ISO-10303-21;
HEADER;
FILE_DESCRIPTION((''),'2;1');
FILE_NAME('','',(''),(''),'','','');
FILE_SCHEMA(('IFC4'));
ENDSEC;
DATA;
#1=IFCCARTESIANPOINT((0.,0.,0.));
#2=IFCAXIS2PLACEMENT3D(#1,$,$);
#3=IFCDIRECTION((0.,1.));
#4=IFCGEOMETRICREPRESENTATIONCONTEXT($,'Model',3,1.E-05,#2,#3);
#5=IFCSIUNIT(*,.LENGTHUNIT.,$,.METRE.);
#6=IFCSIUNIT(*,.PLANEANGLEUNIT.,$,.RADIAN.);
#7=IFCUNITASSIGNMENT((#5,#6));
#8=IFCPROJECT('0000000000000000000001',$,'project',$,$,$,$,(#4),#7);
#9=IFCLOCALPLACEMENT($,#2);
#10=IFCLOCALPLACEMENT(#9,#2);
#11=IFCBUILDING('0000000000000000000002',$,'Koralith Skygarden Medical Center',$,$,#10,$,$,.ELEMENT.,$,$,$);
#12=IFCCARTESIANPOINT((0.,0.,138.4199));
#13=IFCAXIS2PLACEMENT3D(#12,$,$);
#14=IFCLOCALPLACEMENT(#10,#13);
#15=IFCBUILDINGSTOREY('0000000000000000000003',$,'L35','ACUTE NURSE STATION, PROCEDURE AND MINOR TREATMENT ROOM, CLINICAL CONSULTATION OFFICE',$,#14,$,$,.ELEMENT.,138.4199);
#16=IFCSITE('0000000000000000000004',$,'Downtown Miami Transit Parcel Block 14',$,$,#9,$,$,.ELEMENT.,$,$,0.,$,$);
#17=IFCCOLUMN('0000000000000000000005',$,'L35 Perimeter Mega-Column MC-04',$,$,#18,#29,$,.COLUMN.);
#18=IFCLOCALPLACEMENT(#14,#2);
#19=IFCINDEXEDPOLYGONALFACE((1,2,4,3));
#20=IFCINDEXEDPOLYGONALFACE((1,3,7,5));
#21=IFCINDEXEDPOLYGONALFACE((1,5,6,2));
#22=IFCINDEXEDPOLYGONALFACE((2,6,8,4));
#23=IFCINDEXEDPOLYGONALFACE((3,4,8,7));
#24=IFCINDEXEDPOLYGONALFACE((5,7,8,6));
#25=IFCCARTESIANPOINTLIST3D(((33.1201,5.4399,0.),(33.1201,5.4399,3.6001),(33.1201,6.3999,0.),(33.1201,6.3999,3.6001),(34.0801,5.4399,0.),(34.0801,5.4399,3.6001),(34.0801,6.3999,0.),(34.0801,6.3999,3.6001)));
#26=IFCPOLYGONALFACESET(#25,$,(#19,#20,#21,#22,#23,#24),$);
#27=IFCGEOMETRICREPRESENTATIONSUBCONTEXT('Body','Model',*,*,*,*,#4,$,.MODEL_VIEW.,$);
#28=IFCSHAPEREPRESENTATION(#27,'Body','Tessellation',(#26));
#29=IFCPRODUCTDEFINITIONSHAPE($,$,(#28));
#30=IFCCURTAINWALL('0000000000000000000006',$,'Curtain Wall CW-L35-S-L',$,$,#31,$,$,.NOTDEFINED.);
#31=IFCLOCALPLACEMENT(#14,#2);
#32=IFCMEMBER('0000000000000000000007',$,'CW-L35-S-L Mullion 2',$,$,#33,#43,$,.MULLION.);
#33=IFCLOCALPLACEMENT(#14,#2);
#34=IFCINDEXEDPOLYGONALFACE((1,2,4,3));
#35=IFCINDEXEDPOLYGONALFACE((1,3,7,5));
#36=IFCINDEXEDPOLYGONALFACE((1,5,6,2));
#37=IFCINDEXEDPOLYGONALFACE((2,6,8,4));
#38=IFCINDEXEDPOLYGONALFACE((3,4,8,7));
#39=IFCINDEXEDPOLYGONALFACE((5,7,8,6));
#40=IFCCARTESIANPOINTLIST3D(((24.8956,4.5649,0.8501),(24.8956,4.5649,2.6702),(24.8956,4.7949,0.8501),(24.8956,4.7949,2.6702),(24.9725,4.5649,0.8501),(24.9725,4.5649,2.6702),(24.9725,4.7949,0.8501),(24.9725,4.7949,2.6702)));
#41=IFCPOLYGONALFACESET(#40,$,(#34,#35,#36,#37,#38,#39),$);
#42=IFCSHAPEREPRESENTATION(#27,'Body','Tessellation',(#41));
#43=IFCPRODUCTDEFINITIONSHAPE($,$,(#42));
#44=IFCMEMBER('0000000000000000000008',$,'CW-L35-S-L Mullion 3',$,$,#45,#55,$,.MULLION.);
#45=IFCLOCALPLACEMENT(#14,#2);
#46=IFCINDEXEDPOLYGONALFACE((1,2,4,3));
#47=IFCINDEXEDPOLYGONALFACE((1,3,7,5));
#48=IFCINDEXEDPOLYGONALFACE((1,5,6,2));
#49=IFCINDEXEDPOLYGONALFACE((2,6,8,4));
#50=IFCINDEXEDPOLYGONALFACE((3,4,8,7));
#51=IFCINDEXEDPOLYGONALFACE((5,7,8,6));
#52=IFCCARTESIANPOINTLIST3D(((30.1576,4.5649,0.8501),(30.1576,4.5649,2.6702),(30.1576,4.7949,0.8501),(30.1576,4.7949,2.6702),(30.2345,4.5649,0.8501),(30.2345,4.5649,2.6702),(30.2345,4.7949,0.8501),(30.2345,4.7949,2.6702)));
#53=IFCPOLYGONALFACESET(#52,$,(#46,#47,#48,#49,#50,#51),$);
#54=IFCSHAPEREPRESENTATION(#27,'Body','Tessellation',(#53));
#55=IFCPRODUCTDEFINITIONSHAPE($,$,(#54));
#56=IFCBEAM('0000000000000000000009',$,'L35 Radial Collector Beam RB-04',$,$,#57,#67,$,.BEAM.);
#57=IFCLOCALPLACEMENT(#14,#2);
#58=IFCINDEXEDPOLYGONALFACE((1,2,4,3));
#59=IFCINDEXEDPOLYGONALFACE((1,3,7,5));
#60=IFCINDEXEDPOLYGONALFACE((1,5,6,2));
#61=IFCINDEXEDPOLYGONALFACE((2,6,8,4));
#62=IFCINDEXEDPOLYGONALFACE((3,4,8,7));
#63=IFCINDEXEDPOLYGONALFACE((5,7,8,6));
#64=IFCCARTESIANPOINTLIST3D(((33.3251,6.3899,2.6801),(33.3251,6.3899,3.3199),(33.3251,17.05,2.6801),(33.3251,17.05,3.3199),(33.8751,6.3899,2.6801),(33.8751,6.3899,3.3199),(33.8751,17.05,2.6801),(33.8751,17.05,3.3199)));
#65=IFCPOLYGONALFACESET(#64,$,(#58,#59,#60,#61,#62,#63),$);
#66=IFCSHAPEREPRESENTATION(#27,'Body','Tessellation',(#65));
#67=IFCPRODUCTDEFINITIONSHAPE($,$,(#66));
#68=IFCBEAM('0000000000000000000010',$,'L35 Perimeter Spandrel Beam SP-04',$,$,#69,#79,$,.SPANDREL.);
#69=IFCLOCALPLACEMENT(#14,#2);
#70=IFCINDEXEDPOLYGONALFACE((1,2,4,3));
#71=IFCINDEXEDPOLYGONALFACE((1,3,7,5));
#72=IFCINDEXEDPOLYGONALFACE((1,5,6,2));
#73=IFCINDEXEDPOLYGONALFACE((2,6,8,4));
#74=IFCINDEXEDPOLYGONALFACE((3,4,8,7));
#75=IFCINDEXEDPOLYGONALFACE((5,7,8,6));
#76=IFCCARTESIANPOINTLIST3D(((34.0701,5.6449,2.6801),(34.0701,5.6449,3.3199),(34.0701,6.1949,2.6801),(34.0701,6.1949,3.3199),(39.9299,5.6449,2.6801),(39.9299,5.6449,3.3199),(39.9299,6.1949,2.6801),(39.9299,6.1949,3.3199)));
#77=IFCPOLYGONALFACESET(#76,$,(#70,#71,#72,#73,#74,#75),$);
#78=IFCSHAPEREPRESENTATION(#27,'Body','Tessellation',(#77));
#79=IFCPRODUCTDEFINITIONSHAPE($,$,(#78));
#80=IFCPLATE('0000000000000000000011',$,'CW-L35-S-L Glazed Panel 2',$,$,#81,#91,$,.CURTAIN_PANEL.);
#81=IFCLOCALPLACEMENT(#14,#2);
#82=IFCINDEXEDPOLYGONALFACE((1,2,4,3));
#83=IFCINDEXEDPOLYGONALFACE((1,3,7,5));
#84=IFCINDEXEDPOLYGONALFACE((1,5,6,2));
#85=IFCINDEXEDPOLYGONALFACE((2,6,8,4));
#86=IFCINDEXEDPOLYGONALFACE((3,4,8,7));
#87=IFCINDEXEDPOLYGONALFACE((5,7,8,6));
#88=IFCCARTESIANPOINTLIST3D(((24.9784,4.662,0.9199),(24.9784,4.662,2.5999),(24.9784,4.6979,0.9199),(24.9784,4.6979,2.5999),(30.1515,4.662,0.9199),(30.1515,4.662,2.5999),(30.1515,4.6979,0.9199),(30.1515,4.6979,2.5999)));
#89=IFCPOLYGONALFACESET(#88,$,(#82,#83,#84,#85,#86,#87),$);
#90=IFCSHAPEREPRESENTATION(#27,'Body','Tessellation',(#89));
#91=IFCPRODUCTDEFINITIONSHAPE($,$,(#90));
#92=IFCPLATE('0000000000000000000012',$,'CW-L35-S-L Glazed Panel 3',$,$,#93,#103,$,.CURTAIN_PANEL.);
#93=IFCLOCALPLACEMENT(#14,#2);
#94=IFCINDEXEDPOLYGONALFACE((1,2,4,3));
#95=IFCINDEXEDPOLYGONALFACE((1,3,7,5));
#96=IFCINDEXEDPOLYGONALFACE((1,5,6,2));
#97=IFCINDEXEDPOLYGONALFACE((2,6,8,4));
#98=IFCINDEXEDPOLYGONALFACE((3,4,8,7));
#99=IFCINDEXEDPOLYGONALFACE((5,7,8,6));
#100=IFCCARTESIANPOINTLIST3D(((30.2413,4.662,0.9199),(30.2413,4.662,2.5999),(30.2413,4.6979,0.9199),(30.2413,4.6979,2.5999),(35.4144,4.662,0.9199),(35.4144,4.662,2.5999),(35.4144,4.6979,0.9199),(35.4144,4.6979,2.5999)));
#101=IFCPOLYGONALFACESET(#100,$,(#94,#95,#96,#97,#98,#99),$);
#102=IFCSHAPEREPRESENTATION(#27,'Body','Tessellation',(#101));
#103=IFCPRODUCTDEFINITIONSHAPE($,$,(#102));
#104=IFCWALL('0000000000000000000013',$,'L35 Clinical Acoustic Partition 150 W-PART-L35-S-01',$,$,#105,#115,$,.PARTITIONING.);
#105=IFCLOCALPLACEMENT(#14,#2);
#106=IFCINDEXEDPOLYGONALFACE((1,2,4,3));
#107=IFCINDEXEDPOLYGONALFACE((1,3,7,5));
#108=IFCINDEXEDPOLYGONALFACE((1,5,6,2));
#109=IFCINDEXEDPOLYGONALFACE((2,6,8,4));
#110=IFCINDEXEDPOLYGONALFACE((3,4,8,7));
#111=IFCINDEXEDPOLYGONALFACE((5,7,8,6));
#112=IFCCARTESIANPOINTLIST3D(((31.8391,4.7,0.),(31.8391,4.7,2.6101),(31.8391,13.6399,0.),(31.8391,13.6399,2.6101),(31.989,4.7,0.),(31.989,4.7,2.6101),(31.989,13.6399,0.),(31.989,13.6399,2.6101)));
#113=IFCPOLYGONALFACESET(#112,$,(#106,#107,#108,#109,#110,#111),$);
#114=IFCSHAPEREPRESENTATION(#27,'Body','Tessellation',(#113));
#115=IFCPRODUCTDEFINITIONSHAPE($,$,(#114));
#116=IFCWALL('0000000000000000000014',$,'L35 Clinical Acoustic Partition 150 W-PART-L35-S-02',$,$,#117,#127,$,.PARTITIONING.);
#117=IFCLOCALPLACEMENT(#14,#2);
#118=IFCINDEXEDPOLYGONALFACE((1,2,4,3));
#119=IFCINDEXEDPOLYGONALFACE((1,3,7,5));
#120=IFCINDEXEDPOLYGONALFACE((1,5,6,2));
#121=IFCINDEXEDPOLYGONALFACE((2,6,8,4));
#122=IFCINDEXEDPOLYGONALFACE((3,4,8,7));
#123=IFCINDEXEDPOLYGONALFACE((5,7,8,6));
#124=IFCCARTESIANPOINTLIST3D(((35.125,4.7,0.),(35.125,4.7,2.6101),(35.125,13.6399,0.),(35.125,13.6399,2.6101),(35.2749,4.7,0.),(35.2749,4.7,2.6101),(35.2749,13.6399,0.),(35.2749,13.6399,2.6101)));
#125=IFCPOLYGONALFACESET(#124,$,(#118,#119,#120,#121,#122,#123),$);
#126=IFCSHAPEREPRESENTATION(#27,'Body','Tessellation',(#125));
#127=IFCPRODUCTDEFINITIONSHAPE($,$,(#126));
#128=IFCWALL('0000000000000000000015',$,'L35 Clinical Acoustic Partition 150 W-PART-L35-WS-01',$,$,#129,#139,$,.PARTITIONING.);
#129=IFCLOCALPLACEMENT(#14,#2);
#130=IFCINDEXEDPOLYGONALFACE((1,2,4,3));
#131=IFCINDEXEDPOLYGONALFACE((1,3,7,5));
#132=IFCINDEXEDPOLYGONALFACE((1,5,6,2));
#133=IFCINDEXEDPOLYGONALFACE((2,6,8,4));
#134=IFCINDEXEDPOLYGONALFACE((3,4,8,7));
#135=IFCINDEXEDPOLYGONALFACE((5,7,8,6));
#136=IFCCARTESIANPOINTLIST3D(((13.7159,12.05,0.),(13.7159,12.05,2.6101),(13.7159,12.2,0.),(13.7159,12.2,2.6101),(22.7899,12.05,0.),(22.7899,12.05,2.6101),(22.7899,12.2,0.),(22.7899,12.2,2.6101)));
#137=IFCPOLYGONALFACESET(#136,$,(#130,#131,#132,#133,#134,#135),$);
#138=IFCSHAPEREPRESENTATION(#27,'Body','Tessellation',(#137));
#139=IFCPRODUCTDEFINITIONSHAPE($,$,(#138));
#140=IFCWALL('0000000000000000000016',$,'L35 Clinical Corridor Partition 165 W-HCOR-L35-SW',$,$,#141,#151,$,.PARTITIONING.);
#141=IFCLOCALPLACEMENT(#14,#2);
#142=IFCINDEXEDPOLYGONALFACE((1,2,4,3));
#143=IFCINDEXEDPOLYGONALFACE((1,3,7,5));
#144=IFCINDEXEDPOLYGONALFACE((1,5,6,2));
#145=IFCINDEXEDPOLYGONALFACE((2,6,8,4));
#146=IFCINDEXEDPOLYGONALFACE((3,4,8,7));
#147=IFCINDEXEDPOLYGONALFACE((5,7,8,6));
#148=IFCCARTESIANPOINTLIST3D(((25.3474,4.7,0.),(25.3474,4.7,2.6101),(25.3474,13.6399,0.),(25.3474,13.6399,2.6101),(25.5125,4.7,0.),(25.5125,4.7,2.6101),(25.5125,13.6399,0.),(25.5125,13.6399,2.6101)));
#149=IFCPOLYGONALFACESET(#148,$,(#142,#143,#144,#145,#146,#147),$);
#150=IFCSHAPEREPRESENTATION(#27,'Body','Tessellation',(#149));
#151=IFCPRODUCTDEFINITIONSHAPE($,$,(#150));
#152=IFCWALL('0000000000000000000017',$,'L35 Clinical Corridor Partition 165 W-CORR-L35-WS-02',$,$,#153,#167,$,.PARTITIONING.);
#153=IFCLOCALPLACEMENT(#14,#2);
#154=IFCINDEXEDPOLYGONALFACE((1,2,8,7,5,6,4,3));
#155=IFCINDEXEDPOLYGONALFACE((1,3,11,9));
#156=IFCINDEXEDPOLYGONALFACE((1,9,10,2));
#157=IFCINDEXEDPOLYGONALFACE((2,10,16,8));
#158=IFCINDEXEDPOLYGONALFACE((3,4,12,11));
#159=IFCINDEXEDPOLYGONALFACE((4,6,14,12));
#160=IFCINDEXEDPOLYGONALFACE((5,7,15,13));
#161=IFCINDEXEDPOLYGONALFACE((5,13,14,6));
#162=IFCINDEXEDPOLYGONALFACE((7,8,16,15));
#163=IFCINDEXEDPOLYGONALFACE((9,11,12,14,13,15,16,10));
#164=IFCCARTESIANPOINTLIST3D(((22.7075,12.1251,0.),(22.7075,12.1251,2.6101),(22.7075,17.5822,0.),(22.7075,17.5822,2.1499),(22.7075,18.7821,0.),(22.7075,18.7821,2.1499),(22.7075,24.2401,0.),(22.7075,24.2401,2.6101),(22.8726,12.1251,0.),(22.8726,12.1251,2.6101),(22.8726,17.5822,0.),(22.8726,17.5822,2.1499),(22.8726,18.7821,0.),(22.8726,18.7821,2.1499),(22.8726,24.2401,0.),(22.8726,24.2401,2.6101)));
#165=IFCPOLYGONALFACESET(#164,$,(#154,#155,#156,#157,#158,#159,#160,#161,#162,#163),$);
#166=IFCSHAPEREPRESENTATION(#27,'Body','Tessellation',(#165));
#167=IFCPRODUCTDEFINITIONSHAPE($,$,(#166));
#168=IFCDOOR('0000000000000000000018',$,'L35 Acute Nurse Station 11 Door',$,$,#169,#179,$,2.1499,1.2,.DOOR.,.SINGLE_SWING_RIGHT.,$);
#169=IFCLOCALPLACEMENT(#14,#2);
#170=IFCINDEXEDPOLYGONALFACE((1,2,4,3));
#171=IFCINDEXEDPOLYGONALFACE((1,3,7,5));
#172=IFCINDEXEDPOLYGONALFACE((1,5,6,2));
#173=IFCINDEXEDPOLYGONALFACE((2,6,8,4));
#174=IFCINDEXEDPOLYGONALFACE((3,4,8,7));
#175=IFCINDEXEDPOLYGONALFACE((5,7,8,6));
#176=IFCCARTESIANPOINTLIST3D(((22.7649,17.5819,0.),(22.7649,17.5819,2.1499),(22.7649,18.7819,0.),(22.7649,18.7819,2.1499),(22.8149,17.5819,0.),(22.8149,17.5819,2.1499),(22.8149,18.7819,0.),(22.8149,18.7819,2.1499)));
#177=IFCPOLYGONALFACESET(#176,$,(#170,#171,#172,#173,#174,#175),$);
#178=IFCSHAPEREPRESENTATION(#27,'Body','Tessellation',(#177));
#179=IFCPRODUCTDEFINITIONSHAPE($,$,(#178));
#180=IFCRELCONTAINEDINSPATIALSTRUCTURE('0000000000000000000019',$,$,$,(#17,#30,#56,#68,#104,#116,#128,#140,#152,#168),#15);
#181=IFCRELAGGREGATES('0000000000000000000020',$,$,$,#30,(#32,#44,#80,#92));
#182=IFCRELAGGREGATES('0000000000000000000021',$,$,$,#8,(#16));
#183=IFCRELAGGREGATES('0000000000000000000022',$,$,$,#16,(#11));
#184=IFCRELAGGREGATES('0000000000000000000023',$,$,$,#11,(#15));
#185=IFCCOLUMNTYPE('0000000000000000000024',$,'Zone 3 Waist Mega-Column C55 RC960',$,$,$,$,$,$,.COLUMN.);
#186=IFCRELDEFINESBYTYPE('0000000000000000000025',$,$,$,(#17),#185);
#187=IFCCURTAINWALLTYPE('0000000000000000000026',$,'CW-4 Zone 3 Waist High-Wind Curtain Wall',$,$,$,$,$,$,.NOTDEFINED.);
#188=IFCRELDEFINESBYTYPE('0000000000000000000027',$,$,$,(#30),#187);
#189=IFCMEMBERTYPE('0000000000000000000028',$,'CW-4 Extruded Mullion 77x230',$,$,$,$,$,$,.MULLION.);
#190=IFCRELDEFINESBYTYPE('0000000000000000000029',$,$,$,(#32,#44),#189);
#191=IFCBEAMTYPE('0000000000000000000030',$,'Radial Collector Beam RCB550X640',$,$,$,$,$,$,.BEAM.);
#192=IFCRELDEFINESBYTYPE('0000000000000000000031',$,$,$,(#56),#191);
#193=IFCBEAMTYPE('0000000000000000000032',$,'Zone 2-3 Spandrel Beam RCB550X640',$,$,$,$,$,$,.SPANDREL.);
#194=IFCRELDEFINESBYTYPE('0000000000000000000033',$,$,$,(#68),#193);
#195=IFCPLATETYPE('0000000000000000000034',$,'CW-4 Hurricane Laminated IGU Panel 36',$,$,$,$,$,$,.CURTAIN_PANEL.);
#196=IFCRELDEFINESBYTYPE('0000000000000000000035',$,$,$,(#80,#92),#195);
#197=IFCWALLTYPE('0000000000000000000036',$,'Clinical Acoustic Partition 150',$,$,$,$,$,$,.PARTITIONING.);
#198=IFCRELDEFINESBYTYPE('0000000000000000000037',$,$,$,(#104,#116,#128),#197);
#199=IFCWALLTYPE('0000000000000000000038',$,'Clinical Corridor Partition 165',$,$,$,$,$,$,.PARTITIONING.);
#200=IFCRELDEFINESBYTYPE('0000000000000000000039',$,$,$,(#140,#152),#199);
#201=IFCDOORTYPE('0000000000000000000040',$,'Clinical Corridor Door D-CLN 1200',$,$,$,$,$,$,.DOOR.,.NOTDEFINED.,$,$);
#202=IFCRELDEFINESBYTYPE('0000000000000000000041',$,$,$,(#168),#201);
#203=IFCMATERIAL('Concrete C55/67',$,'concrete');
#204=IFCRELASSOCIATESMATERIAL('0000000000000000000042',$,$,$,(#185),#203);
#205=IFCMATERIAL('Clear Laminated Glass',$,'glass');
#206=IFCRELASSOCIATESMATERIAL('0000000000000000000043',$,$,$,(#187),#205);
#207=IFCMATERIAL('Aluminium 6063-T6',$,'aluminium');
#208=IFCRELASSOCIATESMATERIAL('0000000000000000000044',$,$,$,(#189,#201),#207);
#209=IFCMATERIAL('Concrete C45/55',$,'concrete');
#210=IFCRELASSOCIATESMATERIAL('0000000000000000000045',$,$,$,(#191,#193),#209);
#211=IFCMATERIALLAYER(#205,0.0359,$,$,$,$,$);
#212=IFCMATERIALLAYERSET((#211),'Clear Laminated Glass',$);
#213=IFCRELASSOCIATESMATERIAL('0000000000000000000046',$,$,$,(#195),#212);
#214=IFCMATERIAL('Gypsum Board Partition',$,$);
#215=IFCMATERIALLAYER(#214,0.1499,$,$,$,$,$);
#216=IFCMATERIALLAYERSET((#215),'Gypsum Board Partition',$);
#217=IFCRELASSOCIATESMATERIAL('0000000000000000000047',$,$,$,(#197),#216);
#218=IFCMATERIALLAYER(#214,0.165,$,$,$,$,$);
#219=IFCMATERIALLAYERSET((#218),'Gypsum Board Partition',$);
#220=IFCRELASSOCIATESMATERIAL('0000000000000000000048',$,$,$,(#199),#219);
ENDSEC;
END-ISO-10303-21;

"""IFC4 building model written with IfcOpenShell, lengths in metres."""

from ifc_helpers import new_model, si_unit, direction, frame, frame_2d, origin, origin_2d, place, context, subcontext, project, spatial, rectangle, extrude, material, layer, layer_set, material_profile, profile_set, type_object, element, fill, aggregate, save


model = new_model("IFC4")

# Units and contexts
model_context = context("Model", 3, precision=1e-05, world=origin(), true_north=direction((0.0, 1.0)))
body_context = subcontext(model_context, "Body", "Model", "MODEL_VIEW")
ifc_project = project(units=[si_unit("LENGTHUNIT", "METRE"), si_unit("PLANEANGLEUNIT", "RADIAN")], contexts=[model_context])

# Site, building, storey
site_placement = place(None, origin())
site = spatial("IfcSite", under=ifc_project, at=site_placement, Name="Downtown Miami Transit Parcel Block 14", CompositionType="ELEMENT", RefElevation=0.0)
building_placement = place(site_placement, origin())
building = spatial("IfcBuilding", under=site, at=building_placement, Name="Koralith Skygarden Medical Center", CompositionType="ELEMENT")
storey_placement = place(building_placement, frame((0.0, 0.0, 138.4199)))
storey = spatial("IfcBuildingStorey", under=building, at=storey_placement, Name="L35", Description="ACUTE NURSE STATION, PROCEDURE AND MINOR TREATMENT ROOM, CLINICAL CONSULTATION OFFICE", CompositionType="ELEMENT", Elevation=138.4199)

# Column
ifc_material_1 = material(Name="Concrete C55/67", Category="concrete")
ifc_material_profile_1 = material_profile(ifc_material_1, rectangle(XDim=0.96, YDim=0.96, at=origin_2d()), Name="RC960X960")
ifc_profile_set_1 = profile_set([ifc_material_profile_1], Name="Concrete C55/67")
column_type = type_object("IfcColumnType", Name="Zone 3 Waist Mega-Column C55 RC960", PredefinedType="COLUMN", material=ifc_profile_set_1)
column_placement = place(storey_placement, frame((33.6001, 5.9199, 0.0), z_axis=(0.0, 0.0, 1.0), x_axis=(1.0, 0.0, 0.0)))
element("IfcColumn", 1, at=column_placement, inside=storey, type_object=column_type, Name="L35 Perimeter Mega-Column MC-04", PredefinedType="COLUMN", context=body_context, shape_type="SweptSolid", body=[
    extrude(rectangle(XDim=0.96, YDim=0.96, at=origin_2d()), origin(), (0.0, 0.0, 1.0), 3.6001),
])

# Curtain wall, members
ifc_material_2 = material(Name="Clear Laminated Glass", Category="glass")
curtain_wall_type = type_object("IfcCurtainWallType", Name="CW-4 Zone 3 Waist High-Wind Curtain Wall", PredefinedType="NOTDEFINED", material=ifc_material_2)
curtain_wall_placement = place(storey_placement, origin())
curtain_wall = element("IfcCurtainWall", 2, at=curtain_wall_placement, inside=storey, type_object=curtain_wall_type, Name="Curtain Wall CW-L35-S-L", PredefinedType="NOTDEFINED")
ifc_material_3 = material(Name="Aluminium 6063-T6", Category="aluminium")
ifc_material_profile_2 = material_profile(ifc_material_3, rectangle(XDim=0.0769, YDim=0.23, at=origin_2d()), Name="MUL77X230")
ifc_profile_set_2 = profile_set([ifc_material_profile_2], Name="Aluminium 6063-T6")
member_type = type_object("IfcMemberType", Name="CW-4 Extruded Mullion 77x230", PredefinedType="MULLION", material=ifc_profile_set_2)
member_1_placement = place(storey_placement, frame((24.9341, 4.6799, 0.8501), z_axis=(0.0, 0.0, 1.0), x_axis=(1.0, 0.0, 0.0)))
member_1 = element("IfcMember", 3, at=member_1_placement, type_object=member_type, Name="CW-L35-S-L Mullion 2", PredefinedType="MULLION", context=body_context, shape_type="SweptSolid", body=[
    extrude(rectangle(XDim=0.0769, YDim=0.23, at=origin_2d()), origin(), (0.0, 0.0, 1.0), 1.8201),
])
member_2_placement = place(storey_placement, frame((30.196, 4.6799, 0.8501), z_axis=(0.0, 0.0, 1.0), x_axis=(1.0, 0.0, 0.0)))
member_2 = element("IfcMember", 4, at=member_2_placement, type_object=member_type, Name="CW-L35-S-L Mullion 3", PredefinedType="MULLION", context=body_context, shape_type="SweptSolid", body=[
    extrude(rectangle(XDim=0.0769, YDim=0.23, at=origin_2d()), origin(), (0.0, 0.0, 1.0), 1.8201),
])

# Beams
ifc_material_4 = material(Name="Concrete C45/55", Category="concrete")
ifc_material_profile_3 = material_profile(ifc_material_4, rectangle(XDim=0.55, YDim=0.6399, at=origin_2d()), Name="RCB550X640")
ifc_profile_set_3 = profile_set([ifc_material_profile_3], Name="Concrete C45/55")
beam_type_1 = type_object("IfcBeamType", Name="Radial Collector Beam RCB550X640", PredefinedType="BEAM", material=ifc_profile_set_3)
beam_1_placement = place(storey_placement, frame((33.6001, 17.05, 3.0), z_axis=(0.0, -1.0, 0.0), x_axis=(1.0, 0.0, 0.0)))
element("IfcBeam", 5, at=beam_1_placement, inside=storey, type_object=beam_type_1, Name="L35 Radial Collector Beam RB-04", PredefinedType="BEAM", context=body_context, shape_type="SweptSolid", body=[
    extrude(rectangle(XDim=0.55, YDim=0.6399, at=origin_2d()), origin(), (0.0, 0.0, 1.0), 10.6602),
])
ifc_material_profile_4 = material_profile(ifc_material_4, rectangle(XDim=0.55, YDim=0.6399, at=origin_2d()), Name="RCB550X640")
ifc_profile_set_4 = profile_set([ifc_material_profile_4], Name="Concrete C45/55")
beam_type_2 = type_object("IfcBeamType", Name="Zone 2-3 Spandrel Beam RCB550X640", PredefinedType="SPANDREL", material=ifc_profile_set_4)
beam_2_placement = place(storey_placement, frame((34.0701, 5.9199, 3.0), z_axis=(1.0, 0.0, 0.0), x_axis=(0.0, 1.0, 0.0)))
element("IfcBeam", 6, at=beam_2_placement, inside=storey, type_object=beam_type_2, Name="L35 Perimeter Spandrel Beam SP-04", PredefinedType="SPANDREL", context=body_context, shape_type="SweptSolid", body=[
    extrude(rectangle(XDim=0.55, YDim=0.6399, at=origin_2d()), origin(), (0.0, 0.0, 1.0), 5.8599),
])

# Plates
ifc_layer_1 = layer(ifc_material_2, 0.0359)
ifc_layer_set_1 = layer_set([ifc_layer_1], Name="Clear Laminated Glass")
plate_type = type_object("IfcPlateType", Name="CW-4 Hurricane Laminated IGU Panel 36", PredefinedType="CURTAIN_PANEL", material=ifc_layer_set_1)
plate_1_placement = place(storey_placement, frame((27.5649, 4.6799, 0.9199), z_axis=(0.0, 0.0, 1.0), x_axis=(1.0, 0.0, 0.0)))
plate_1 = element("IfcPlate", 7, at=plate_1_placement, type_object=plate_type, Name="CW-L35-S-L Glazed Panel 2", PredefinedType="CURTAIN_PANEL", context=body_context, shape_type="SweptSolid", body=[
    extrude(rectangle(XDim=5.1731, YDim=0.0359, at=origin_2d()), origin(), (0.0, 0.0, 1.0), 1.6799),
])
plate_2_placement = place(storey_placement, frame((32.8279, 4.6799, 0.9199), z_axis=(0.0, 0.0, 1.0), x_axis=(1.0, 0.0, 0.0)))
plate_2 = element("IfcPlate", 8, at=plate_2_placement, type_object=plate_type, Name="CW-L35-S-L Glazed Panel 3", PredefinedType="CURTAIN_PANEL", context=body_context, shape_type="SweptSolid", body=[
    extrude(rectangle(XDim=5.1731, YDim=0.0359, at=origin_2d()), origin(), (0.0, 0.0, 1.0), 1.6799),
])
aggregate(curtain_wall, [member_1, member_2, plate_1, plate_2])

# Walls
ifc_material_5 = material(Name="Gypsum Board Partition")
ifc_layer_2 = layer(ifc_material_5, 0.1499)
ifc_layer_set_2 = layer_set([ifc_layer_2], Name="Gypsum Board Partition")
wall_type_1 = type_object("IfcWallType", Name="Clinical Acoustic Partition 150", PredefinedType="PARTITIONING", material=ifc_layer_set_2)
for number, where, z_axis, x_axis, name in (
    (9, (31.9141, 13.6399, 0.0), (0.0, 0.0, 1.0), (0.0, -1.0, 0.0), "L35 Clinical Acoustic Partition 150 W-PART-L35-S-01"),
    (10, (35.2, 13.6399, 0.0), (0.0, 0.0, 1.0), (0.0, -1.0, 0.0), "L35 Clinical Acoustic Partition 150 W-PART-L35-S-02"),
):
    element("IfcWall", number, at=place(storey_placement, frame(where, z_axis=z_axis, x_axis=x_axis)), inside=storey, type_object=wall_type_1, Name=name, PredefinedType="PARTITIONING", context=body_context, shape_type="SweptSolid", body=[
        extrude(rectangle(XDim=8.9399, YDim=0.1499, at=frame_2d((4.47, 0.0))), origin(), (0.0, 0.0, 1.0), 2.6101),
    ])
wall_1_placement = place(storey_placement, frame((22.79, 12.125, 0.0), z_axis=(0.0, 0.0, 1.0), x_axis=(-1.0, 0.0, 0.0)))
element("IfcWall", 11, at=wall_1_placement, inside=storey, type_object=wall_type_1, Name="L35 Clinical Acoustic Partition 150 W-PART-L35-WS-01", PredefinedType="PARTITIONING", context=body_context, shape_type="SweptSolid", body=[
    extrude(rectangle(XDim=9.074, YDim=0.1499, at=frame_2d((4.5371, 0.0))), origin(), (0.0, 0.0, 1.0), 2.6101),
])
ifc_layer_3 = layer(ifc_material_5, 0.165)
ifc_layer_set_3 = layer_set([ifc_layer_3], Name="Gypsum Board Partition")
wall_type_2 = type_object("IfcWallType", Name="Clinical Corridor Partition 165", PredefinedType="PARTITIONING", material=ifc_layer_set_3)
wall_2_placement = place(storey_placement, frame((25.4299, 4.7, 0.0), z_axis=(0.0, 0.0, 1.0), x_axis=(0.0, 1.0, 0.0)))
element("IfcWall", 12, at=wall_2_placement, inside=storey, type_object=wall_type_2, Name="L35 Clinical Corridor Partition 165 W-HCOR-L35-SW", PredefinedType="PARTITIONING", context=body_context, shape_type="SweptSolid", body=[
    extrude(rectangle(XDim=8.9399, YDim=0.165, at=frame_2d((4.47, 0.0))), origin(), (0.0, 0.0, 1.0), 2.6101),
])

# Wall, opening, door
door_type = type_object("IfcDoorType", Name="Clinical Corridor Door D-CLN 1200", OperationType="NOTDEFINED", PredefinedType="DOOR", material=ifc_material_3)
wall_3_placement = place(storey_placement, frame((22.79, 12.125, 0.0), z_axis=(0.0, 0.0, 1.0), x_axis=(0.0, 1.0, 0.0)))
wall_3 = element("IfcWall", 13, at=wall_3_placement, inside=storey, type_object=wall_type_2, Name="L35 Clinical Corridor Partition 165 W-CORR-L35-WS-02", PredefinedType="PARTITIONING", context=body_context, shape_type="SweptSolid", body=[
    extrude(rectangle(XDim=12.115, YDim=0.165, at=frame_2d((6.0576, 0.0))), origin(), (0.0, 0.0, 1.0), 2.6101),
])
opening_1_placement = place(wall_3_placement, frame((5.457, 0.0, 0.0)))
opening_1 = element("IfcOpeningElement", 14, at=opening_1_placement, cuts=wall_3, PredefinedType="OPENING", context=body_context, shape_type="SweptSolid", body=[
    extrude(rectangle(XDim=1.2, YDim=2.1499, at=frame_2d((0.6001, 1.075))), frame((0.0, 0.0925, 0.0), z_axis=(0.0, -1.0, 0.0), x_axis=(1.0, 0.0, 0.0)), (0.0, 0.0, 1.0), 0.1851),
])
door_1_placement = place(opening_1_placement, frame((1.2, 0.0, 0.0), z_axis=(0.0, 0.0, 1.0), x_axis=(-1.0, 0.0, 0.0)))
door_1 = element("IfcDoor", 15, at=door_1_placement, inside=storey, type_object=door_type, Name="L35 Acute Nurse Station 11 Door", OperationType="SINGLE_SWING_RIGHT", OverallHeight=2.1499, OverallWidth=1.2, PredefinedType="DOOR", context=body_context, shape_type="SweptSolid", body=[
    extrude(rectangle(XDim=1.2, YDim=2.1499, at=frame_2d((0.6001, 1.075))), frame((0.0, 0.0249, 0.0), z_axis=(0.0, -1.0, 0.0), x_axis=(1.0, 0.0, 0.0)), (0.0, 0.0, 1.0), 0.05),
])
fill(opening_1, door_1)

save(model, "model.ifc")
